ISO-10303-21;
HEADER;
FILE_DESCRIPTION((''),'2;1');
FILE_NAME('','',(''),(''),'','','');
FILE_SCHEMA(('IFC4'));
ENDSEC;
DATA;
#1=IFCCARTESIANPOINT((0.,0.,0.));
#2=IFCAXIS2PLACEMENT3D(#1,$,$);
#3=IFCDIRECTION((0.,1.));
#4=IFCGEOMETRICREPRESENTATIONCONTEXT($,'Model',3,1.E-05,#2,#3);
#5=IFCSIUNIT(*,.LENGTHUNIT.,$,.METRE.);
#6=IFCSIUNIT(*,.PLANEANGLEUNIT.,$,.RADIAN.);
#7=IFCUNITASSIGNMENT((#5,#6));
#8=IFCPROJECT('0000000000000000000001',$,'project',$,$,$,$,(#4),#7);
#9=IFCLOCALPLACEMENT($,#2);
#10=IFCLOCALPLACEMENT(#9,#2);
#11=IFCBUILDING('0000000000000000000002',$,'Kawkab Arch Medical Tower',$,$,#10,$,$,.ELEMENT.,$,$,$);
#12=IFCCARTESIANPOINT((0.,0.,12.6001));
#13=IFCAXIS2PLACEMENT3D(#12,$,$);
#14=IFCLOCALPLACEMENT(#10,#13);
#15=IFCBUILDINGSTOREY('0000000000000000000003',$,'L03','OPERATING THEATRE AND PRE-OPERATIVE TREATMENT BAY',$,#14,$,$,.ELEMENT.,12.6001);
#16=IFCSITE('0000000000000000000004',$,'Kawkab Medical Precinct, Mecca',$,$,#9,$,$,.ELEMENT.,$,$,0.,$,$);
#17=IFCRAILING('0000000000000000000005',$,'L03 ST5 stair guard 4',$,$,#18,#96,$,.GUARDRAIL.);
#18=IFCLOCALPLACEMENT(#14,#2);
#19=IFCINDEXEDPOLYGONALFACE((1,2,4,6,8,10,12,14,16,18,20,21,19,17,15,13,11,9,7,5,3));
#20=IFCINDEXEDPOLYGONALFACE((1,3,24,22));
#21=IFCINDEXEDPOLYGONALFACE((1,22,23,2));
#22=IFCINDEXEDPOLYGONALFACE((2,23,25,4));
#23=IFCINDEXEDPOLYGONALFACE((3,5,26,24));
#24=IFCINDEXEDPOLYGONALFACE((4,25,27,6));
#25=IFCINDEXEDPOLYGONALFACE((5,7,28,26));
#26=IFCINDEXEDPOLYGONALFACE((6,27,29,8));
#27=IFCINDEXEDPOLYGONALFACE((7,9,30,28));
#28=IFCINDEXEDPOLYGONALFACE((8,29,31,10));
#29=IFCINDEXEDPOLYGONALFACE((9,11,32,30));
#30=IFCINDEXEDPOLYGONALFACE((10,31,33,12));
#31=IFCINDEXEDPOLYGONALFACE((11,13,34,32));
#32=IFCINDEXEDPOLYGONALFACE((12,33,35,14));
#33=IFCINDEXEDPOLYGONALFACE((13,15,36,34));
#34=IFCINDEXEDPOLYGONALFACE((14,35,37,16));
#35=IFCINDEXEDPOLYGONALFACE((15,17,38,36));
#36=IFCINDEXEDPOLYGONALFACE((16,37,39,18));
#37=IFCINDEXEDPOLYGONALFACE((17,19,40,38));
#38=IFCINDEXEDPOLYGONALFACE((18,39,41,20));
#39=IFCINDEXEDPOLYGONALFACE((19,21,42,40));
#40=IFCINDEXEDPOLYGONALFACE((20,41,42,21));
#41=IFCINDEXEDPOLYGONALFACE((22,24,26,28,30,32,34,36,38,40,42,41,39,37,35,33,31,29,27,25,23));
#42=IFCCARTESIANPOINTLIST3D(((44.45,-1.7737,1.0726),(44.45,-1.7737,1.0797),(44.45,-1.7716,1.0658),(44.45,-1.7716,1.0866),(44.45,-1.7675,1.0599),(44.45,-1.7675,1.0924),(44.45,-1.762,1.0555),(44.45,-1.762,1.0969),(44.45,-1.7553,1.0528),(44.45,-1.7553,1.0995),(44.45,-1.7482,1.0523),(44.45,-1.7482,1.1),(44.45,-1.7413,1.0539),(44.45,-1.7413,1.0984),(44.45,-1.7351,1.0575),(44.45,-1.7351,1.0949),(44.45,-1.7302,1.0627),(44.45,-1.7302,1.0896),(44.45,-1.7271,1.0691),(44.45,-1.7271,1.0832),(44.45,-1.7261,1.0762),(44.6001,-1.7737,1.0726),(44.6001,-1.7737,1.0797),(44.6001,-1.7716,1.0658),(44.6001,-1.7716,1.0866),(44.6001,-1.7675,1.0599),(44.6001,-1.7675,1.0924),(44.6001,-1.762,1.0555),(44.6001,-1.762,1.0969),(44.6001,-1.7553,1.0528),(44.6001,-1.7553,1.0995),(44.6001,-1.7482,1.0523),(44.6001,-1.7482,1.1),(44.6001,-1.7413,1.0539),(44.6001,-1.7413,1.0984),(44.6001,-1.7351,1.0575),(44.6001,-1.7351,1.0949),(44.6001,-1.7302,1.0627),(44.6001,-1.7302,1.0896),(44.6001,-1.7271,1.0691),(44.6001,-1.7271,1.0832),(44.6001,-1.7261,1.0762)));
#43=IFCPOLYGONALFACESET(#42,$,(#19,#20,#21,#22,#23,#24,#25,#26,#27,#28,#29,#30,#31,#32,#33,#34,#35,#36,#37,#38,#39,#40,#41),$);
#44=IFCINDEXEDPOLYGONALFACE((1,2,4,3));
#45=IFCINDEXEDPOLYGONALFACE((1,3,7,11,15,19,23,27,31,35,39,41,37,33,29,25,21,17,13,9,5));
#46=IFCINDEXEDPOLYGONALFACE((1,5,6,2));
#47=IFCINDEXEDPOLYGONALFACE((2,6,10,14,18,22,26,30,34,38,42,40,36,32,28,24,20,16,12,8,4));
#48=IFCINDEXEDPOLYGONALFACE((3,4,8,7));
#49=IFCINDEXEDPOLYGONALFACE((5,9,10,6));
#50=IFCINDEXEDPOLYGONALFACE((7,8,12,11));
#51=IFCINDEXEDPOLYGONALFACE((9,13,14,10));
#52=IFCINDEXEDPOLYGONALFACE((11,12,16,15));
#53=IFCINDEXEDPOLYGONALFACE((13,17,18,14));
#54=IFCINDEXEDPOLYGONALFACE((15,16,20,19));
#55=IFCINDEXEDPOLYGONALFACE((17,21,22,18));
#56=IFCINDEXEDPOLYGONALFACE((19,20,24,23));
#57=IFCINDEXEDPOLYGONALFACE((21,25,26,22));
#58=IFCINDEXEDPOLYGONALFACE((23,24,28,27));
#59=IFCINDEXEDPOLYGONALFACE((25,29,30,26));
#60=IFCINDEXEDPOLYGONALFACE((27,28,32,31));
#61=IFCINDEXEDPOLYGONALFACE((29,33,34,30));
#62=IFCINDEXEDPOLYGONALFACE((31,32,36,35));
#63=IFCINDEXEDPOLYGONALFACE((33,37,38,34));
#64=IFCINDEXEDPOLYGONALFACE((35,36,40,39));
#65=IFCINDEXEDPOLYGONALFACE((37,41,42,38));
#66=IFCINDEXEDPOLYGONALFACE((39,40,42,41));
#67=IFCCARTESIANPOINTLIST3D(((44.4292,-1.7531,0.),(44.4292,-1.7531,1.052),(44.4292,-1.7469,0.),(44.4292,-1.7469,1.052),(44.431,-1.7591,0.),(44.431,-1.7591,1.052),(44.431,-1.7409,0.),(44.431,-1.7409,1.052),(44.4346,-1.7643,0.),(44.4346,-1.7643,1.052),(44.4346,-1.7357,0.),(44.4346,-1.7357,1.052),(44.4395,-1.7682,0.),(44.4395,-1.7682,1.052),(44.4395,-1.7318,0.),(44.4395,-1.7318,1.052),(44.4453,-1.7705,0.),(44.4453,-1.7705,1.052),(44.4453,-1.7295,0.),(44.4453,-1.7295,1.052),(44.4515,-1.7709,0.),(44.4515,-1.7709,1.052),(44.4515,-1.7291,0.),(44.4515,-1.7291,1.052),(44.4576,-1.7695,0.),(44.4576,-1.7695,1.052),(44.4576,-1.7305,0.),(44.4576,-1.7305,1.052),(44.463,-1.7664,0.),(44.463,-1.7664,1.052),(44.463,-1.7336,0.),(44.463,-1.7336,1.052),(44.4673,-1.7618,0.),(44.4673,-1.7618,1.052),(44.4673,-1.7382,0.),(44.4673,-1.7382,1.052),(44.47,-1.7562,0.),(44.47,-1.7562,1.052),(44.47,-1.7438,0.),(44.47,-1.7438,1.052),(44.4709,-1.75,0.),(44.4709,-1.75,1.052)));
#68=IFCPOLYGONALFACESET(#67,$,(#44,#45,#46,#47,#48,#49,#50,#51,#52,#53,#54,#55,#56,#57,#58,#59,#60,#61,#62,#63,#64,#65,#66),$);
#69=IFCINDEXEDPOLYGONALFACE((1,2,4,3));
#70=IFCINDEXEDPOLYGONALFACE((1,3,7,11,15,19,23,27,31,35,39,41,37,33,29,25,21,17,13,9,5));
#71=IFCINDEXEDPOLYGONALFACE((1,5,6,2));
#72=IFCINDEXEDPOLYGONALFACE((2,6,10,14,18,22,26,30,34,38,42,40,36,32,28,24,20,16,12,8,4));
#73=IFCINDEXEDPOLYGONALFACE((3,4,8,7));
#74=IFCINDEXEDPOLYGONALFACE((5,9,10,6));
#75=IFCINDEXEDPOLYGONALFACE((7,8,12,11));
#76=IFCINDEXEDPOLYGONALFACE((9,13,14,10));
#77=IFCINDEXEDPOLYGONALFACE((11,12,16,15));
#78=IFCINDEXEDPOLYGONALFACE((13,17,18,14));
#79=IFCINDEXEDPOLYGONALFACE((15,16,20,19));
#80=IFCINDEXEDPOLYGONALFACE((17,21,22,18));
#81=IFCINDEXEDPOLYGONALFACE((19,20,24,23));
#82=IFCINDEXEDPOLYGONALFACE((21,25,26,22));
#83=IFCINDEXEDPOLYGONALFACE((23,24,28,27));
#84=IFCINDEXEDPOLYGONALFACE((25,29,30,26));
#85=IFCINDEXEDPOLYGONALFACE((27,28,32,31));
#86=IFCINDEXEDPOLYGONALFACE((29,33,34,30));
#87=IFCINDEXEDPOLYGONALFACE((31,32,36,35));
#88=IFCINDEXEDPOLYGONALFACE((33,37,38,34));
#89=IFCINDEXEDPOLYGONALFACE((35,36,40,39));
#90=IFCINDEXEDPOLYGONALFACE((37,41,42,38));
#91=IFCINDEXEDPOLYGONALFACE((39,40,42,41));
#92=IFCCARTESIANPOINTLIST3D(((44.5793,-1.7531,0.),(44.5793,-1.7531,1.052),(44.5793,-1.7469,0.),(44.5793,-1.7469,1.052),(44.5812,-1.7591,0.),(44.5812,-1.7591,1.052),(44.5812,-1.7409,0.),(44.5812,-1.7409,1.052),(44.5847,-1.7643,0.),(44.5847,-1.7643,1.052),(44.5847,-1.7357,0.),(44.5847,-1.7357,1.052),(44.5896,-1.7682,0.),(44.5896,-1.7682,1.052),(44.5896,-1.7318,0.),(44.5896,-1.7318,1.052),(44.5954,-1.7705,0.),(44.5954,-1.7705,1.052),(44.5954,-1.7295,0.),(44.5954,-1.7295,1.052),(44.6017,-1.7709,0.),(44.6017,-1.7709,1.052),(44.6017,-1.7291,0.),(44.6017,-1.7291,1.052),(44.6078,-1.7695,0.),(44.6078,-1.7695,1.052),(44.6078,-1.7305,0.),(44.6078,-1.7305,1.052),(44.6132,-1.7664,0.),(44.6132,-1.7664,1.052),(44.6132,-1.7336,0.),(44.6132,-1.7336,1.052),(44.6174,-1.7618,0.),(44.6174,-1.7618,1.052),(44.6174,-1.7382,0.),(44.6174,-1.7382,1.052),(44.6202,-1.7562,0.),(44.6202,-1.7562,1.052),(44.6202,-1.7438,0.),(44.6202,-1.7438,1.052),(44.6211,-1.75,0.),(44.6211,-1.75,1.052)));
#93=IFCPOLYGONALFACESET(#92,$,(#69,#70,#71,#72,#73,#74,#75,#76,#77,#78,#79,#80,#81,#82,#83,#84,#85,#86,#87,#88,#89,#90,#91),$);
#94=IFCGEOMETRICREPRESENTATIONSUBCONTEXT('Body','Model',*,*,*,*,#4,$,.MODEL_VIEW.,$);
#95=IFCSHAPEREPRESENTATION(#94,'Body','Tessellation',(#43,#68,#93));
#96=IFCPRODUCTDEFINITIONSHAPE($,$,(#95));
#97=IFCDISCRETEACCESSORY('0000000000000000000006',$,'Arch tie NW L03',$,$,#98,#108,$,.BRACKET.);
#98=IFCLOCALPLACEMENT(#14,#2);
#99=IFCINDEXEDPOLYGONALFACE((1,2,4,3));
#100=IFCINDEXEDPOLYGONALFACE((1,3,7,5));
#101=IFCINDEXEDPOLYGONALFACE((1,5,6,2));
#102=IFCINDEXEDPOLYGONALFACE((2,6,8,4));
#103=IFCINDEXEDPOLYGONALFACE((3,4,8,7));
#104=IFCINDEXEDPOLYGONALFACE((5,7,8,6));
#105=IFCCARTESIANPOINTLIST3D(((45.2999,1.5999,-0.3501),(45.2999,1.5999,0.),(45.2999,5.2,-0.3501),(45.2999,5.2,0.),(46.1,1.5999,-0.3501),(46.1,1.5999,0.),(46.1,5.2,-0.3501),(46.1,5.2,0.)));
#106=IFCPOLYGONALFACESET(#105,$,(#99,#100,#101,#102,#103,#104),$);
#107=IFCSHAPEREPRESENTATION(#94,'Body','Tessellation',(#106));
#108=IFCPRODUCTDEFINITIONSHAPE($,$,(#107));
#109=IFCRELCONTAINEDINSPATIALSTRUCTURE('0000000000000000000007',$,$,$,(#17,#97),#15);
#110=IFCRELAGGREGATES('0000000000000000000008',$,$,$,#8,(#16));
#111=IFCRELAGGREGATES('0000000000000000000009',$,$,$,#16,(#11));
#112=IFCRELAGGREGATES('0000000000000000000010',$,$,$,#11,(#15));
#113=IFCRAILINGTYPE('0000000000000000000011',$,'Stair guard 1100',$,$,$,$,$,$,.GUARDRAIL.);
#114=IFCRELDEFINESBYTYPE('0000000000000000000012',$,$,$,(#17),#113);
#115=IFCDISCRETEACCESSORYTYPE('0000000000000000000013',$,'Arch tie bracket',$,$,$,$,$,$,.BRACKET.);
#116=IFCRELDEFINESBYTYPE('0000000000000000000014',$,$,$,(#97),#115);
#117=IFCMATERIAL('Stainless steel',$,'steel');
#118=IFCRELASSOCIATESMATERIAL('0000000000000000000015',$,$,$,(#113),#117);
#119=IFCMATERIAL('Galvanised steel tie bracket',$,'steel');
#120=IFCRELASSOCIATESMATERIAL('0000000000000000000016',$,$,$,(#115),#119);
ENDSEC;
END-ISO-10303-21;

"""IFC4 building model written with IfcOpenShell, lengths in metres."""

from ifc_helpers import new_model, si_unit, direction, frame, origin, origin_2d, place, context, subcontext, project, spatial, rectangle, circle, extrude, material, type_object, element, save


model = new_model("IFC4")

# Units and contexts
model_context = context("Model", 3, precision=1e-05, world=origin(), true_north=direction((0.0, 1.0)))
body_context = subcontext(model_context, "Body", "Model", "MODEL_VIEW")
ifc_project = project(units=[si_unit("LENGTHUNIT", "METRE"), si_unit("PLANEANGLEUNIT", "RADIAN")], contexts=[model_context])

# Site, building, storey
site_placement = place(None, origin())
site = spatial("IfcSite", under=ifc_project, at=site_placement, Name="Kawkab Medical Precinct, Mecca", CompositionType="ELEMENT", RefElevation=0.0)
building_placement = place(site_placement, origin())
building = spatial("IfcBuilding", under=site, at=building_placement, Name="Kawkab Arch Medical Tower", CompositionType="ELEMENT")
storey_placement = place(building_placement, frame((0.0, 0.0, 12.6001)))
storey = spatial("IfcBuildingStorey", under=building, at=storey_placement, Name="L03", Description="OPERATING THEATRE AND PRE-OPERATIVE TREATMENT BAY", CompositionType="ELEMENT", Elevation=12.6001)

# Railing
ifc_material_1 = material(Name="Stainless steel", Category="steel")
railing_type = type_object("IfcRailingType", Name="Stair guard 1100", PredefinedType="GUARDRAIL", material=ifc_material_1)
railing_1_placement = place(storey_placement, frame((44.45, -1.75, 0.0)))
element("IfcRailing", 1, at=railing_1_placement, inside=storey, type_object=railing_type, Name="L03 ST5 stair guard 4", PredefinedType="GUARDRAIL", context=body_context, shape_type="SweptSolid", body=[
    extrude(circle(Radius=0.0239, at=origin_2d()), frame((0.0, 0.0, 1.0762), z_axis=(1.0, 0.0, 0.0), x_axis=(0.0, 1.0, 0.0)), (0.0, 0.0, 1.0), 0.1501),
    extrude(circle(Radius=0.021, at=origin_2d()), origin(), (0.0, 0.0, 1.0), 1.052),
    extrude(circle(Radius=0.021, at=origin_2d()), frame((0.1501, 0.0, 0.0)), (0.0, 0.0, 1.0), 1.052),
])

# Discrete accessory
ifc_material_2 = material(Name="Galvanised steel tie bracket", Category="steel")
discrete_accessory_type = type_object("IfcDiscreteAccessoryType", Name="Arch tie bracket", PredefinedType="BRACKET", material=ifc_material_2)
discrete_accessory_placement = place(storey_placement, frame((45.7, 3.3999, -0.3501), z_axis=(0.0, 0.0, 1.0), x_axis=(1.0, 0.0, 0.0)))
element("IfcDiscreteAccessory", 2, at=discrete_accessory_placement, inside=storey, type_object=discrete_accessory_type, Name="Arch tie NW L03", PredefinedType="BRACKET", context=body_context, shape_type="SweptSolid", body=[
    extrude(rectangle(XDim=0.8, YDim=3.6001, at=origin_2d()), origin(), (0.0, 0.0, 1.0), 0.3501),
])

save(model, "model.ifc")
